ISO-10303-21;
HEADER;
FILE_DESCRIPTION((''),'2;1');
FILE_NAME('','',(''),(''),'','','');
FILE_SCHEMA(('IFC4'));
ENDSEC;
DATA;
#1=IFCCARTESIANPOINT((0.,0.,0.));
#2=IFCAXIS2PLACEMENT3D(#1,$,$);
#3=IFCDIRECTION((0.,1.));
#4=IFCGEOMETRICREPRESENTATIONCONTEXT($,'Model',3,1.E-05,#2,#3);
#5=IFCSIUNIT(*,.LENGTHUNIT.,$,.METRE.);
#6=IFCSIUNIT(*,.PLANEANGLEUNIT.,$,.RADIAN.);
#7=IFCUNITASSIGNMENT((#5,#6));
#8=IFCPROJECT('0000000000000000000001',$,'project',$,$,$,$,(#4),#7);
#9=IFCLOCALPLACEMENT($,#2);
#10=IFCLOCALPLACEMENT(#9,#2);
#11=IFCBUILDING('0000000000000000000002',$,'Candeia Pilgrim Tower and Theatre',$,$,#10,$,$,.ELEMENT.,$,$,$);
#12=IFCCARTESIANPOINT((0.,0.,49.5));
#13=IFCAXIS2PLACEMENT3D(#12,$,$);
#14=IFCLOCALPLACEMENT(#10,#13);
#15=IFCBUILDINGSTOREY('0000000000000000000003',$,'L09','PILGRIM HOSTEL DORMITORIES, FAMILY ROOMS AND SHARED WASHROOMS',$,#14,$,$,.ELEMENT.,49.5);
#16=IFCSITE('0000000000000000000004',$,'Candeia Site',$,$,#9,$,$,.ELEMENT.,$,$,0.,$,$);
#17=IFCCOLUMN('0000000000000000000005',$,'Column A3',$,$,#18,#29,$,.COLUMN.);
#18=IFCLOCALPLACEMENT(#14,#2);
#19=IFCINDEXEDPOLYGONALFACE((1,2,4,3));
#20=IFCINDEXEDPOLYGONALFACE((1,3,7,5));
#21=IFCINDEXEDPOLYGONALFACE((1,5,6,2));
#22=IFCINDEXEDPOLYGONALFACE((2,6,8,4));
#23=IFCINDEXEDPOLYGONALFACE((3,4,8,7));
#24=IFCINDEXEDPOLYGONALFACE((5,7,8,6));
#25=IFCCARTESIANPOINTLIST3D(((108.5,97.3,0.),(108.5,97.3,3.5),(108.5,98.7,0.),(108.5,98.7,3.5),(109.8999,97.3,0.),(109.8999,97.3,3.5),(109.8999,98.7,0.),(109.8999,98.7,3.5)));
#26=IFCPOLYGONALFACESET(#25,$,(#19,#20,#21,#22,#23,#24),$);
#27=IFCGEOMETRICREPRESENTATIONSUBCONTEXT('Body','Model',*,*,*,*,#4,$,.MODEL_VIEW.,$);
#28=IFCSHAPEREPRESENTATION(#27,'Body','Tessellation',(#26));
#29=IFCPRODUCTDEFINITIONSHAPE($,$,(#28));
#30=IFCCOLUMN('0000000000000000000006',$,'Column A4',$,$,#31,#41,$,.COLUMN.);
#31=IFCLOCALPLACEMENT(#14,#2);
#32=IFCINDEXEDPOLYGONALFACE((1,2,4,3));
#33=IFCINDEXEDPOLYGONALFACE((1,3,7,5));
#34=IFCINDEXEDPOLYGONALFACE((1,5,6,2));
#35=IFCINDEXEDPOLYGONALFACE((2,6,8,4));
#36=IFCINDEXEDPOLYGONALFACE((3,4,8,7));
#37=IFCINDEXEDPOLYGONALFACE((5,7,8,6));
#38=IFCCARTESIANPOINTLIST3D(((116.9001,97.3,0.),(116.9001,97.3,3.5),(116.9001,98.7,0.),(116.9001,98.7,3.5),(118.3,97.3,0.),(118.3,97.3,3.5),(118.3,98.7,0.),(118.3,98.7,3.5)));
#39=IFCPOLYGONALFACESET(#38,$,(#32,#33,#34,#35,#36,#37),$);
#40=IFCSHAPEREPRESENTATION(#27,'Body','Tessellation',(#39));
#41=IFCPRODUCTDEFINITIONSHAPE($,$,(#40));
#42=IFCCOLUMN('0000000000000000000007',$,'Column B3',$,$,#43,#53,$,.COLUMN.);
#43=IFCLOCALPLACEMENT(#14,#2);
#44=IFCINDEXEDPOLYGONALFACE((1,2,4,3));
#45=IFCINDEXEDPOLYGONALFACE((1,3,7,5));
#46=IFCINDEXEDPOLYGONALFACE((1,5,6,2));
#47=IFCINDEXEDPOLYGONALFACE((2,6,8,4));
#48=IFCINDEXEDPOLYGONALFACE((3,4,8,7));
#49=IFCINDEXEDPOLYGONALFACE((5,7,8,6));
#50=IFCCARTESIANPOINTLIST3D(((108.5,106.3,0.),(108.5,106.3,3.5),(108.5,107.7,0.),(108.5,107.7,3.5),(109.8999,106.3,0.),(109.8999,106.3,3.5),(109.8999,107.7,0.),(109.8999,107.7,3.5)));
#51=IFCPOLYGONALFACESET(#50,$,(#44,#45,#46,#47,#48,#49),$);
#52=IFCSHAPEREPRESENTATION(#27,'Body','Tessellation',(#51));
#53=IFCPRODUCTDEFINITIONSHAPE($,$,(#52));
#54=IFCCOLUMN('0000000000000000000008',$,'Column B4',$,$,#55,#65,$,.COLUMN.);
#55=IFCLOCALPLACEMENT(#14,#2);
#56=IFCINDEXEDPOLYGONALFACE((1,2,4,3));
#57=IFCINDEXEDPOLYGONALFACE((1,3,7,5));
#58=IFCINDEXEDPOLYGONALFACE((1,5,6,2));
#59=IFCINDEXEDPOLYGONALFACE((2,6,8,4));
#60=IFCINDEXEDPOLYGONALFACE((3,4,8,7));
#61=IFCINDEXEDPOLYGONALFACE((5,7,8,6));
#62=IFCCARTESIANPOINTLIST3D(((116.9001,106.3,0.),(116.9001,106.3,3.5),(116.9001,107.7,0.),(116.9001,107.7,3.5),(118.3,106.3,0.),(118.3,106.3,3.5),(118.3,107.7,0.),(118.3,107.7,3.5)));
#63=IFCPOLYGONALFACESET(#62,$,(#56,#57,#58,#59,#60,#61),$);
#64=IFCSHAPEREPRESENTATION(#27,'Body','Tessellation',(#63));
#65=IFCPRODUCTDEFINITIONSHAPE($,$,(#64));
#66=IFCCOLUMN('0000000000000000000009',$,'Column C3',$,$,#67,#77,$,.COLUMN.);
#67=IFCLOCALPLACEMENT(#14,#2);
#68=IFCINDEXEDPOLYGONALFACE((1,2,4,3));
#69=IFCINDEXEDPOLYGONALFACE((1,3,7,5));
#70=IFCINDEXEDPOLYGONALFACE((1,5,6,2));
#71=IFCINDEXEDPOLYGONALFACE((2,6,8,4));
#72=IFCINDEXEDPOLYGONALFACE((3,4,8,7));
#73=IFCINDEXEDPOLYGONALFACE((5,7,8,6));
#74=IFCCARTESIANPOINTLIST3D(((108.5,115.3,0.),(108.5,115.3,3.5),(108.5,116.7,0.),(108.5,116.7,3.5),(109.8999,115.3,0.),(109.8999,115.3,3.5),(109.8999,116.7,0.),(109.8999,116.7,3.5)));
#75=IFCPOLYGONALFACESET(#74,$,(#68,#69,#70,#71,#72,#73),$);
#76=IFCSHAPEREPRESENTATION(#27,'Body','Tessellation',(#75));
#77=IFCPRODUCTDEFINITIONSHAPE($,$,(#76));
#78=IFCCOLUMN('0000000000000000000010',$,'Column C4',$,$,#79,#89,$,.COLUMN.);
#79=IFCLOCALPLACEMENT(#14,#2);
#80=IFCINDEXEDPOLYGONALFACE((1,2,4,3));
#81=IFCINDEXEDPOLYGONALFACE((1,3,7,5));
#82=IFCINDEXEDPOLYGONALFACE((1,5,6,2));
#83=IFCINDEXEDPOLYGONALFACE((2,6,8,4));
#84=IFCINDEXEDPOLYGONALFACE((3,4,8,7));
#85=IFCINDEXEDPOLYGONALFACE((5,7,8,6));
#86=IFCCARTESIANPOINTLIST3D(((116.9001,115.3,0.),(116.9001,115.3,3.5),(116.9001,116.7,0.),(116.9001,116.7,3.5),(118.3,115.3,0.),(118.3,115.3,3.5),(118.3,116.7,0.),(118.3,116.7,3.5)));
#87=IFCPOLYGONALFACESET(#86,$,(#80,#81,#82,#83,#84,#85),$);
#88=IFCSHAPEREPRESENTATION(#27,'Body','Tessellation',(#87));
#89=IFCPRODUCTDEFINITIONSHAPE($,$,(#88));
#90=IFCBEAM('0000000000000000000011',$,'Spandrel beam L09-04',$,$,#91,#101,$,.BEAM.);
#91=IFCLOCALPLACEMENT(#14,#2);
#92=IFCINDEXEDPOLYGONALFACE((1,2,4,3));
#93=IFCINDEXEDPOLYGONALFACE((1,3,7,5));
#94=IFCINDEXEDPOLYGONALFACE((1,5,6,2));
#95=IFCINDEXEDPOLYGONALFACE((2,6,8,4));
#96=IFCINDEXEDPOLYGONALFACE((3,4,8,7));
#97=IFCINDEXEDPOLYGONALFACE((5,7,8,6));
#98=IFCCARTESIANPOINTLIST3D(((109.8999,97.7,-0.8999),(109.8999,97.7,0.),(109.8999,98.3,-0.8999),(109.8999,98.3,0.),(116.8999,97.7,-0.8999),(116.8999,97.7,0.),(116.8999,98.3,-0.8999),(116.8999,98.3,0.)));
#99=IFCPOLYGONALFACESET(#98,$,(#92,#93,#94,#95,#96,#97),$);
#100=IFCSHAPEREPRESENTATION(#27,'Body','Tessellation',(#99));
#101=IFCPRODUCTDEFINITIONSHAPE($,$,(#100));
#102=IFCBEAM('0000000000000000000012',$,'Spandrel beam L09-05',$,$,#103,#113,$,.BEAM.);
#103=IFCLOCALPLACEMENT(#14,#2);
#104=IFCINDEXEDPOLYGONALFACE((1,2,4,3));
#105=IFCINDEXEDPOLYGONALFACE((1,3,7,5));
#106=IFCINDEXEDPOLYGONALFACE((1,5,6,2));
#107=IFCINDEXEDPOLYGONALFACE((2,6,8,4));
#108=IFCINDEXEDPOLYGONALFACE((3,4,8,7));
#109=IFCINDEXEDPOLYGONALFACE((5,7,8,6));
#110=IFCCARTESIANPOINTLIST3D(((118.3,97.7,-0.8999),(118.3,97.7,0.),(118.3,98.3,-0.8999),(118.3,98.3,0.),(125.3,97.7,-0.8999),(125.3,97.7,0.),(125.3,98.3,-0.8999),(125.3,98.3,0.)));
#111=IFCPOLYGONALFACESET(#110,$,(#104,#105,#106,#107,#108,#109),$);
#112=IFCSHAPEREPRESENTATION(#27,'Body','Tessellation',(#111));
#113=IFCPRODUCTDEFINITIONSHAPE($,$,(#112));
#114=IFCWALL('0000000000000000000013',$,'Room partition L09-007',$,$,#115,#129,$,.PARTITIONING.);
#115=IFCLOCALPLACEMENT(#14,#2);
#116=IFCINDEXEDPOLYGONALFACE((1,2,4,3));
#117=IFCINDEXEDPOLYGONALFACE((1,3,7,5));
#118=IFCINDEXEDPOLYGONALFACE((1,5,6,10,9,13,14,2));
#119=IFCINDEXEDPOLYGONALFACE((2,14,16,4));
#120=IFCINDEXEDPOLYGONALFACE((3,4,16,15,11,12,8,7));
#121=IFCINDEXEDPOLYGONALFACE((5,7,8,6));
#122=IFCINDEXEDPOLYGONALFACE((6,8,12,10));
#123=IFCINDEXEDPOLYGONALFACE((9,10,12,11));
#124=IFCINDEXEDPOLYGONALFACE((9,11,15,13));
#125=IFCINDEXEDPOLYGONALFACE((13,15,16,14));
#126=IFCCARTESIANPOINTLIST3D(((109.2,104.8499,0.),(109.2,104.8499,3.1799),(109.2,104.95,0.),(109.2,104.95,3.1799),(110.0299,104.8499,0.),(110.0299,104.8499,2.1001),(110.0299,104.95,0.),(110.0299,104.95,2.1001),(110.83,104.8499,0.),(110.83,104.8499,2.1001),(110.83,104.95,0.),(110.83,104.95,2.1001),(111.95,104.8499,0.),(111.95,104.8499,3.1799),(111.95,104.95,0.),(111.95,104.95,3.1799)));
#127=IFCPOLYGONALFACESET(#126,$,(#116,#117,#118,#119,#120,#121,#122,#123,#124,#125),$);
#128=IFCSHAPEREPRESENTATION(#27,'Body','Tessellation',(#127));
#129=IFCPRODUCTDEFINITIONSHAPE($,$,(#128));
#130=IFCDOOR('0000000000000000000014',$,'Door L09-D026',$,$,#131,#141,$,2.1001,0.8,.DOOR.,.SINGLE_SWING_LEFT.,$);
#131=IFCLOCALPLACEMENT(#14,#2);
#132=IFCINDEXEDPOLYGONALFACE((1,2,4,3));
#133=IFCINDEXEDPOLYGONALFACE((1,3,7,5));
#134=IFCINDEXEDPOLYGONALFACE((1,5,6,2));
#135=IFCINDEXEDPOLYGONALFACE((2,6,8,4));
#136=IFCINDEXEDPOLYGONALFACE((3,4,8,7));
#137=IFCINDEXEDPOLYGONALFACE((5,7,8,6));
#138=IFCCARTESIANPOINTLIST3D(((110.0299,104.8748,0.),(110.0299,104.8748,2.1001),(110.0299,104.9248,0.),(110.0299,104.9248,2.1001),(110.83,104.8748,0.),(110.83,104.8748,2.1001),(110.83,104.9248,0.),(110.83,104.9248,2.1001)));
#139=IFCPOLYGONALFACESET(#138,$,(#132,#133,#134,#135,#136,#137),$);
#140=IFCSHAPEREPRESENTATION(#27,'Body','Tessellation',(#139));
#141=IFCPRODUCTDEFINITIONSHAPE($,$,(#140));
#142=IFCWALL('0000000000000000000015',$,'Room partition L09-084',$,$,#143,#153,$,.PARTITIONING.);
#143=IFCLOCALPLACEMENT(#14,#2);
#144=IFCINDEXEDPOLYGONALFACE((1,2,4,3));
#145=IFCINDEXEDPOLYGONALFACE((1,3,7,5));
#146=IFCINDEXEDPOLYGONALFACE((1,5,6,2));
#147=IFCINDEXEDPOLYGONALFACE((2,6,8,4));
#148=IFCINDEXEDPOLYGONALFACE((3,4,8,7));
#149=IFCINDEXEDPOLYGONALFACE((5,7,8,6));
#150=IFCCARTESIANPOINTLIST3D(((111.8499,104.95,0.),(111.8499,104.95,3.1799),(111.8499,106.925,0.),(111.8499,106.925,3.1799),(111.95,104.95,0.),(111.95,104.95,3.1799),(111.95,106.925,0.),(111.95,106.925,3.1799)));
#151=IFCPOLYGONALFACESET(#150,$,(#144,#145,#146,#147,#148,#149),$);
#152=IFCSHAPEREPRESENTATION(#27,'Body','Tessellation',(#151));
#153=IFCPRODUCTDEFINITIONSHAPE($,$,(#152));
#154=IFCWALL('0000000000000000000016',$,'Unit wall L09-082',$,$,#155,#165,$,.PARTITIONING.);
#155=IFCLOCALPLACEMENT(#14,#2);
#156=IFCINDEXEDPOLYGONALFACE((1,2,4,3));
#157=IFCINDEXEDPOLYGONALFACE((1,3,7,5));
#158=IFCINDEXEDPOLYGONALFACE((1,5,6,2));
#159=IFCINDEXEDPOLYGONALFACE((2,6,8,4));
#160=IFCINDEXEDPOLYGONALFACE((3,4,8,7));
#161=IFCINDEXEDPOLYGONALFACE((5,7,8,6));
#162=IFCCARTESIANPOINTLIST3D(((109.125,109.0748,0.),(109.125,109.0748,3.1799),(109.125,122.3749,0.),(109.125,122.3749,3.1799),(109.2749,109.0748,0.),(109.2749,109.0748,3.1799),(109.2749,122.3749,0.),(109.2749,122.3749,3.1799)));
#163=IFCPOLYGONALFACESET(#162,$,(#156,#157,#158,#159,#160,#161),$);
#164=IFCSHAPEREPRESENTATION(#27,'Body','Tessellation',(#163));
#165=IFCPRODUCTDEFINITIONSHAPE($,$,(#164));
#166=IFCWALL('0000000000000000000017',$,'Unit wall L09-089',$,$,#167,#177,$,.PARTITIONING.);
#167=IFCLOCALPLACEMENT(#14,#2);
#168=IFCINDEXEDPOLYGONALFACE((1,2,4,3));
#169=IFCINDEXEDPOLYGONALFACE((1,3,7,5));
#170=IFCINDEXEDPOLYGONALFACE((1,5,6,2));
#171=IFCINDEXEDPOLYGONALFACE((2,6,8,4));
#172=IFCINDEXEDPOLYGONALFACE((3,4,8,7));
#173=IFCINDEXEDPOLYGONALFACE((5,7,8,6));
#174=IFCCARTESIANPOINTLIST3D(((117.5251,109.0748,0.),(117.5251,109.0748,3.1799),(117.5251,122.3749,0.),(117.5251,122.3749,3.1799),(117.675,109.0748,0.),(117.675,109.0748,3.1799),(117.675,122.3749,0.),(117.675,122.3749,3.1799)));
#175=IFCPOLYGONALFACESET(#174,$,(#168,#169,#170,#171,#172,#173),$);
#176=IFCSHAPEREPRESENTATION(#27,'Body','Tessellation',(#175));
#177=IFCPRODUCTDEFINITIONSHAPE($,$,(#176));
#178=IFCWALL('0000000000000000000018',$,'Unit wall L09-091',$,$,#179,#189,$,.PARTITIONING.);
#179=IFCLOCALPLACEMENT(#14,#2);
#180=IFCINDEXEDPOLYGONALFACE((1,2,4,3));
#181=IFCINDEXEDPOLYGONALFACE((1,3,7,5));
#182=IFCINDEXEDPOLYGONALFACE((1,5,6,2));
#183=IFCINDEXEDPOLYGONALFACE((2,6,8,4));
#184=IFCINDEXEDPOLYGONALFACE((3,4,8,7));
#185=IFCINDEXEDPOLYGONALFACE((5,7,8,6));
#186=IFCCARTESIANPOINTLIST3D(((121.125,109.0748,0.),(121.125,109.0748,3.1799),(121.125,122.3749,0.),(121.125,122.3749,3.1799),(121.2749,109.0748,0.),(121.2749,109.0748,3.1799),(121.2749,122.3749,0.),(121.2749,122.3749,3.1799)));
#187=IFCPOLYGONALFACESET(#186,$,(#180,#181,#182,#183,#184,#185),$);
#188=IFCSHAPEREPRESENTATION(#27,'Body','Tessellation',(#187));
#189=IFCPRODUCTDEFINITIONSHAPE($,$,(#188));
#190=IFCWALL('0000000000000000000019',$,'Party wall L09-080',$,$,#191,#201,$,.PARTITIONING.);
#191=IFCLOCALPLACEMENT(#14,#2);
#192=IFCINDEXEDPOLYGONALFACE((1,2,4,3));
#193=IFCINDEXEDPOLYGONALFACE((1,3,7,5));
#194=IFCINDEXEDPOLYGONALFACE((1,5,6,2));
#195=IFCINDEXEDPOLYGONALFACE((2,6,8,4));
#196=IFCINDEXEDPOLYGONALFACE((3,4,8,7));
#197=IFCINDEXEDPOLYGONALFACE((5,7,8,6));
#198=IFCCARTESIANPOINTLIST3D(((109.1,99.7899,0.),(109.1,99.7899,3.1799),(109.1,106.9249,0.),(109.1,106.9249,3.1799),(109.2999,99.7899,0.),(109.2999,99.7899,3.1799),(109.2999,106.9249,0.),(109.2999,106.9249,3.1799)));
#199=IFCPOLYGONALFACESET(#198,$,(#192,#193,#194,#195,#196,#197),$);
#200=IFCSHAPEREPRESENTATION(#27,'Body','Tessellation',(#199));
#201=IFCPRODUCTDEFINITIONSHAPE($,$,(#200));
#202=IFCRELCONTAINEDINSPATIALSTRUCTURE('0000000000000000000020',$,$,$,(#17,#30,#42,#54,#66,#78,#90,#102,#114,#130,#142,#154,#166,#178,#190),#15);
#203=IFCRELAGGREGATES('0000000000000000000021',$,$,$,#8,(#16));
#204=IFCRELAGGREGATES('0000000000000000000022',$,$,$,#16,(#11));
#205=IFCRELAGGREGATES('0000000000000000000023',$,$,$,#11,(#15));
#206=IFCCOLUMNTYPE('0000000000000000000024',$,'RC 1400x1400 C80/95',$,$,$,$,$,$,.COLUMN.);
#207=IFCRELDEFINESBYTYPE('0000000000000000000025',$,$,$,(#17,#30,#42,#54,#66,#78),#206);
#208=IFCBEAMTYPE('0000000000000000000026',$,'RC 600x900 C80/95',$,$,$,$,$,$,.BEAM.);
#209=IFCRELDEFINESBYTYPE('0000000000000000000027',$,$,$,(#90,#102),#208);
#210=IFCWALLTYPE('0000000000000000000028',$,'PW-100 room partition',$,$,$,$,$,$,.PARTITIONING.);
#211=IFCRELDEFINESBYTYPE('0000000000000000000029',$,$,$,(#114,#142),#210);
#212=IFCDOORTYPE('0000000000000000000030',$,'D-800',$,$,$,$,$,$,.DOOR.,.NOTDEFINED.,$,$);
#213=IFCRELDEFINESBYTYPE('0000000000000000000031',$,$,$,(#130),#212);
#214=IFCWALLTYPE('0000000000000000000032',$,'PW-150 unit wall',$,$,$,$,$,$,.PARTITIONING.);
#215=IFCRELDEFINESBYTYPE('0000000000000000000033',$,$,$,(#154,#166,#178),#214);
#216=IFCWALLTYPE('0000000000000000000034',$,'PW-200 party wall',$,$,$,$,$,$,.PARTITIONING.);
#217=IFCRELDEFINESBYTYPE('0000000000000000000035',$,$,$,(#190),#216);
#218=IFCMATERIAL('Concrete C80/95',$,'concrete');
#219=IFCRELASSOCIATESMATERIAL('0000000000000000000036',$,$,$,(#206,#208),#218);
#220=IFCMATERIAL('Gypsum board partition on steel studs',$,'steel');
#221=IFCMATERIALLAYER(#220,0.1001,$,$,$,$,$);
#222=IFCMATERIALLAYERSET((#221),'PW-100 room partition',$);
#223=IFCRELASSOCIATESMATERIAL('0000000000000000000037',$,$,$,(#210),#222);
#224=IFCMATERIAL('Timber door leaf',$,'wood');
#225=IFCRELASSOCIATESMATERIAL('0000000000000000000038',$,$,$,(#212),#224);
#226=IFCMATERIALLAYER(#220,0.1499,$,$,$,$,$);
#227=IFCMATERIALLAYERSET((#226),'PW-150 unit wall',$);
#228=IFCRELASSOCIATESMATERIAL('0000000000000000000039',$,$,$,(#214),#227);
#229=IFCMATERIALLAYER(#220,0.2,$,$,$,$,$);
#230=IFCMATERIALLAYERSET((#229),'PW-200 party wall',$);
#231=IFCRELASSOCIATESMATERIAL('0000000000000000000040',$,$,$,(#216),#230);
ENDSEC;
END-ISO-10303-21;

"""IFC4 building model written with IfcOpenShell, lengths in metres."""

from ifc_helpers import new_model, si_unit, direction, frame, frame_2d, origin, origin_2d, place, context, subcontext, project, spatial, rectangle, extrude, material, layer, layer_set, material_profile, profile_set, type_object, element, fill, save


model = new_model("IFC4")

# Units and contexts
model_context = context("Model", 3, precision=1e-05, world=origin(), true_north=direction((0.0, 1.0)))
body_context = subcontext(model_context, "Body", "Model", "MODEL_VIEW")
ifc_project = project(units=[si_unit("LENGTHUNIT", "METRE"), si_unit("PLANEANGLEUNIT", "RADIAN")], contexts=[model_context])

# Site, building, storey
site_placement = place(None, origin())
site = spatial("IfcSite", under=ifc_project, at=site_placement, Name="Candeia Site", CompositionType="ELEMENT", RefElevation=0.0)
building_placement = place(site_placement, origin())
building = spatial("IfcBuilding", under=site, at=building_placement, Name="Candeia Pilgrim Tower and Theatre", CompositionType="ELEMENT")
storey_placement = place(building_placement, frame((0.0, 0.0, 49.5)))
storey = spatial("IfcBuildingStorey", under=building, at=storey_placement, Name="L09", Description="PILGRIM HOSTEL DORMITORIES, FAMILY ROOMS AND SHARED WASHROOMS", CompositionType="ELEMENT", Elevation=49.5)

# Columns
ifc_material_1 = material(Name="Concrete C80/95", Category="concrete")
ifc_material_profile_1 = material_profile(ifc_material_1, rectangle(XDim=1.3999, YDim=1.3999, at=origin_2d()))
ifc_profile_set_1 = profile_set([ifc_material_profile_1], Name="Concrete C80/95")
column_type = type_object("IfcColumnType", Name="RC 1400x1400 C80/95", PredefinedType="COLUMN", material=ifc_profile_set_1)
for number, where, z_axis, x_axis, name in (
    (1, (109.2, 98.0, 0.0), (0.0, 0.0, 1.0), (1.0, 0.0, 0.0), "Column A3"),
    (2, (117.6001, 98.0, 0.0), (0.0, 0.0, 1.0), (1.0, 0.0, 0.0), "Column A4"),
    (3, (109.2, 107.0, 0.0), (0.0, 0.0, 1.0), (1.0, 0.0, 0.0), "Column B3"),
    (4, (117.6001, 107.0, 0.0), (0.0, 0.0, 1.0), (1.0, 0.0, 0.0), "Column B4"),
    (5, (109.2, 116.0, 0.0), (0.0, 0.0, 1.0), (1.0, 0.0, 0.0), "Column C3"),
    (6, (117.6001, 116.0, 0.0), (0.0, 0.0, 1.0), (1.0, 0.0, 0.0), "Column C4"),
):
    element("IfcColumn", number, at=place(storey_placement, frame(where, z_axis=z_axis, x_axis=x_axis)), inside=storey, type_object=column_type, Name=name, PredefinedType="COLUMN", context=body_context, shape_type="SweptSolid", body=[
        extrude(rectangle(XDim=1.3999, YDim=1.3999, at=origin_2d()), origin(), (0.0, 0.0, 1.0), 3.5),
    ])

# Beams
ifc_material_profile_2 = material_profile(ifc_material_1, rectangle(XDim=0.6001, YDim=0.8999, at=origin_2d()))
ifc_profile_set_2 = profile_set([ifc_material_profile_2], Name="Concrete C80/95")
beam_type = type_object("IfcBeamType", Name="RC 600x900 C80/95", PredefinedType="BEAM", material=ifc_profile_set_2)
for number, where, z_axis, x_axis, name in (
    (7, (109.8999, 98.0, -0.45), (1.0, 0.0, 0.0), (0.0, 1.0, 0.0), "Spandrel beam L09-04"),
    (8, (118.3, 98.0, -0.45), (1.0, 0.0, 0.0), (0.0, 1.0, 0.0), "Spandrel beam L09-05"),
):
    element("IfcBeam", number, at=place(storey_placement, frame(where, z_axis=z_axis, x_axis=x_axis)), inside=storey, type_object=beam_type, Name=name, PredefinedType="BEAM", context=body_context, shape_type="SweptSolid", body=[
        extrude(rectangle(XDim=0.6001, YDim=0.8999, at=origin_2d()), origin(), (0.0, 0.0, 1.0), 7.0),
    ])

# Wall, opening, door
ifc_material_2 = material(Name="Gypsum board partition on steel studs", Category="steel")
ifc_layer_1 = layer(ifc_material_2, 0.1001)
ifc_layer_set_1 = layer_set([ifc_layer_1], Name="PW-100 room partition")
wall_type_1 = type_object("IfcWallType", Name="PW-100 room partition", PredefinedType="PARTITIONING", material=ifc_layer_set_1)
wall_1_placement = place(storey_placement, frame((109.2, 104.8999, 0.0), z_axis=(0.0, 0.0, 1.0), x_axis=(1.0, 0.0, 0.0)))
wall_1 = element("IfcWall", 9, at=wall_1_placement, inside=storey, type_object=wall_type_1, Name="Room partition L09-007", PredefinedType="PARTITIONING", context=body_context, shape_type="SweptSolid", body=[
    extrude(rectangle(XDim=2.75, YDim=0.1001, at=frame_2d((1.375, 0.0))), origin(), (0.0, 0.0, 1.0), 3.1799),
])
opening_placement = place(wall_1_placement, frame((0.8301, 0.0, 0.0)))
opening = element("IfcOpeningElement", 10, at=opening_placement, cuts=wall_1, PredefinedType="OPENING", context=body_context, shape_type="SweptSolid", body=[
    extrude(rectangle(XDim=0.8, YDim=2.1001, at=frame_2d((0.3999, 1.05))), frame((0.0, 0.0601, 0.0), z_axis=(0.0, -1.0, 0.0), x_axis=(1.0, 0.0, 0.0)), (0.0, 0.0, 1.0), 0.1201),
])
ifc_material_3 = material(Name="Timber door leaf", Category="wood")
door_type = type_object("IfcDoorType", Name="D-800", OperationType="NOTDEFINED", PredefinedType="DOOR", material=ifc_material_3)
door_placement = place(opening_placement, origin())
door = element("IfcDoor", 11, at=door_placement, inside=storey, type_object=door_type, Name="Door L09-D026", OperationType="SINGLE_SWING_LEFT", OverallHeight=2.1001, OverallWidth=0.8, PredefinedType="DOOR", context=body_context, shape_type="SweptSolid", body=[
    extrude(rectangle(XDim=0.8, YDim=2.1001, at=frame_2d((0.3999, 1.05))), frame((0.0, 0.0249, 0.0), z_axis=(0.0, -1.0, 0.0), x_axis=(1.0, 0.0, 0.0)), (0.0, 0.0, 1.0), 0.05),
])
fill(opening, door)

# Walls
wall_2_placement = place(storey_placement, frame((111.8999, 104.95, 0.0), z_axis=(0.0, 0.0, 1.0), x_axis=(0.0, 1.0, 0.0)))
element("IfcWall", 12, at=wall_2_placement, inside=storey, type_object=wall_type_1, Name="Room partition L09-084", PredefinedType="PARTITIONING", context=body_context, shape_type="SweptSolid", body=[
    extrude(rectangle(XDim=1.9751, YDim=0.1001, at=frame_2d((0.9875, 0.0))), origin(), (0.0, 0.0, 1.0), 3.1799),
])
ifc_layer_2 = layer(ifc_material_2, 0.1499)
ifc_layer_set_2 = layer_set([ifc_layer_2], Name="PW-150 unit wall")
wall_type_2 = type_object("IfcWallType", Name="PW-150 unit wall", PredefinedType="PARTITIONING", material=ifc_layer_set_2)
for number, where, z_axis, x_axis, name in (
    (13, (109.2, 109.075, 0.0), (0.0, 0.0, 1.0), (0.0, 1.0, 0.0), "Unit wall L09-082"),
    (14, (117.6001, 109.075, 0.0), (0.0, 0.0, 1.0), (0.0, 1.0, 0.0), "Unit wall L09-089"),
    (15, (121.2, 109.075, 0.0), (0.0, 0.0, 1.0), (0.0, 1.0, 0.0), "Unit wall L09-091"),
):
    element("IfcWall", number, at=place(storey_placement, frame(where, z_axis=z_axis, x_axis=x_axis)), inside=storey, type_object=wall_type_2, Name=name, PredefinedType="PARTITIONING", context=body_context, shape_type="SweptSolid", body=[
        extrude(rectangle(XDim=13.3, YDim=0.1499, at=frame_2d((6.6499, 0.0))), origin(), (0.0, 0.0, 1.0), 3.1799),
    ])
ifc_layer_3 = layer(ifc_material_2, 0.2)
ifc_layer_set_3 = layer_set([ifc_layer_3], Name="PW-200 party wall")
wall_type_3 = type_object("IfcWallType", Name="PW-200 party wall", PredefinedType="PARTITIONING", material=ifc_layer_set_3)
for number, where, z_axis, x_axis, name in (
    (16, (109.2, 99.79, 0.0), (0.0, 0.0, 1.0), (0.0, 1.0, 0.0), "Party wall L09-080"),
):
    element("IfcWall", number, at=place(storey_placement, frame(where, z_axis=z_axis, x_axis=x_axis)), inside=storey, type_object=wall_type_3, Name=name, PredefinedType="PARTITIONING", context=body_context, shape_type="SweptSolid", body=[
        extrude(rectangle(XDim=7.135, YDim=0.2, at=frame_2d((3.5674, 0.0))), origin(), (0.0, 0.0, 1.0), 3.1799),
    ])

save(model, "model.ifc")
